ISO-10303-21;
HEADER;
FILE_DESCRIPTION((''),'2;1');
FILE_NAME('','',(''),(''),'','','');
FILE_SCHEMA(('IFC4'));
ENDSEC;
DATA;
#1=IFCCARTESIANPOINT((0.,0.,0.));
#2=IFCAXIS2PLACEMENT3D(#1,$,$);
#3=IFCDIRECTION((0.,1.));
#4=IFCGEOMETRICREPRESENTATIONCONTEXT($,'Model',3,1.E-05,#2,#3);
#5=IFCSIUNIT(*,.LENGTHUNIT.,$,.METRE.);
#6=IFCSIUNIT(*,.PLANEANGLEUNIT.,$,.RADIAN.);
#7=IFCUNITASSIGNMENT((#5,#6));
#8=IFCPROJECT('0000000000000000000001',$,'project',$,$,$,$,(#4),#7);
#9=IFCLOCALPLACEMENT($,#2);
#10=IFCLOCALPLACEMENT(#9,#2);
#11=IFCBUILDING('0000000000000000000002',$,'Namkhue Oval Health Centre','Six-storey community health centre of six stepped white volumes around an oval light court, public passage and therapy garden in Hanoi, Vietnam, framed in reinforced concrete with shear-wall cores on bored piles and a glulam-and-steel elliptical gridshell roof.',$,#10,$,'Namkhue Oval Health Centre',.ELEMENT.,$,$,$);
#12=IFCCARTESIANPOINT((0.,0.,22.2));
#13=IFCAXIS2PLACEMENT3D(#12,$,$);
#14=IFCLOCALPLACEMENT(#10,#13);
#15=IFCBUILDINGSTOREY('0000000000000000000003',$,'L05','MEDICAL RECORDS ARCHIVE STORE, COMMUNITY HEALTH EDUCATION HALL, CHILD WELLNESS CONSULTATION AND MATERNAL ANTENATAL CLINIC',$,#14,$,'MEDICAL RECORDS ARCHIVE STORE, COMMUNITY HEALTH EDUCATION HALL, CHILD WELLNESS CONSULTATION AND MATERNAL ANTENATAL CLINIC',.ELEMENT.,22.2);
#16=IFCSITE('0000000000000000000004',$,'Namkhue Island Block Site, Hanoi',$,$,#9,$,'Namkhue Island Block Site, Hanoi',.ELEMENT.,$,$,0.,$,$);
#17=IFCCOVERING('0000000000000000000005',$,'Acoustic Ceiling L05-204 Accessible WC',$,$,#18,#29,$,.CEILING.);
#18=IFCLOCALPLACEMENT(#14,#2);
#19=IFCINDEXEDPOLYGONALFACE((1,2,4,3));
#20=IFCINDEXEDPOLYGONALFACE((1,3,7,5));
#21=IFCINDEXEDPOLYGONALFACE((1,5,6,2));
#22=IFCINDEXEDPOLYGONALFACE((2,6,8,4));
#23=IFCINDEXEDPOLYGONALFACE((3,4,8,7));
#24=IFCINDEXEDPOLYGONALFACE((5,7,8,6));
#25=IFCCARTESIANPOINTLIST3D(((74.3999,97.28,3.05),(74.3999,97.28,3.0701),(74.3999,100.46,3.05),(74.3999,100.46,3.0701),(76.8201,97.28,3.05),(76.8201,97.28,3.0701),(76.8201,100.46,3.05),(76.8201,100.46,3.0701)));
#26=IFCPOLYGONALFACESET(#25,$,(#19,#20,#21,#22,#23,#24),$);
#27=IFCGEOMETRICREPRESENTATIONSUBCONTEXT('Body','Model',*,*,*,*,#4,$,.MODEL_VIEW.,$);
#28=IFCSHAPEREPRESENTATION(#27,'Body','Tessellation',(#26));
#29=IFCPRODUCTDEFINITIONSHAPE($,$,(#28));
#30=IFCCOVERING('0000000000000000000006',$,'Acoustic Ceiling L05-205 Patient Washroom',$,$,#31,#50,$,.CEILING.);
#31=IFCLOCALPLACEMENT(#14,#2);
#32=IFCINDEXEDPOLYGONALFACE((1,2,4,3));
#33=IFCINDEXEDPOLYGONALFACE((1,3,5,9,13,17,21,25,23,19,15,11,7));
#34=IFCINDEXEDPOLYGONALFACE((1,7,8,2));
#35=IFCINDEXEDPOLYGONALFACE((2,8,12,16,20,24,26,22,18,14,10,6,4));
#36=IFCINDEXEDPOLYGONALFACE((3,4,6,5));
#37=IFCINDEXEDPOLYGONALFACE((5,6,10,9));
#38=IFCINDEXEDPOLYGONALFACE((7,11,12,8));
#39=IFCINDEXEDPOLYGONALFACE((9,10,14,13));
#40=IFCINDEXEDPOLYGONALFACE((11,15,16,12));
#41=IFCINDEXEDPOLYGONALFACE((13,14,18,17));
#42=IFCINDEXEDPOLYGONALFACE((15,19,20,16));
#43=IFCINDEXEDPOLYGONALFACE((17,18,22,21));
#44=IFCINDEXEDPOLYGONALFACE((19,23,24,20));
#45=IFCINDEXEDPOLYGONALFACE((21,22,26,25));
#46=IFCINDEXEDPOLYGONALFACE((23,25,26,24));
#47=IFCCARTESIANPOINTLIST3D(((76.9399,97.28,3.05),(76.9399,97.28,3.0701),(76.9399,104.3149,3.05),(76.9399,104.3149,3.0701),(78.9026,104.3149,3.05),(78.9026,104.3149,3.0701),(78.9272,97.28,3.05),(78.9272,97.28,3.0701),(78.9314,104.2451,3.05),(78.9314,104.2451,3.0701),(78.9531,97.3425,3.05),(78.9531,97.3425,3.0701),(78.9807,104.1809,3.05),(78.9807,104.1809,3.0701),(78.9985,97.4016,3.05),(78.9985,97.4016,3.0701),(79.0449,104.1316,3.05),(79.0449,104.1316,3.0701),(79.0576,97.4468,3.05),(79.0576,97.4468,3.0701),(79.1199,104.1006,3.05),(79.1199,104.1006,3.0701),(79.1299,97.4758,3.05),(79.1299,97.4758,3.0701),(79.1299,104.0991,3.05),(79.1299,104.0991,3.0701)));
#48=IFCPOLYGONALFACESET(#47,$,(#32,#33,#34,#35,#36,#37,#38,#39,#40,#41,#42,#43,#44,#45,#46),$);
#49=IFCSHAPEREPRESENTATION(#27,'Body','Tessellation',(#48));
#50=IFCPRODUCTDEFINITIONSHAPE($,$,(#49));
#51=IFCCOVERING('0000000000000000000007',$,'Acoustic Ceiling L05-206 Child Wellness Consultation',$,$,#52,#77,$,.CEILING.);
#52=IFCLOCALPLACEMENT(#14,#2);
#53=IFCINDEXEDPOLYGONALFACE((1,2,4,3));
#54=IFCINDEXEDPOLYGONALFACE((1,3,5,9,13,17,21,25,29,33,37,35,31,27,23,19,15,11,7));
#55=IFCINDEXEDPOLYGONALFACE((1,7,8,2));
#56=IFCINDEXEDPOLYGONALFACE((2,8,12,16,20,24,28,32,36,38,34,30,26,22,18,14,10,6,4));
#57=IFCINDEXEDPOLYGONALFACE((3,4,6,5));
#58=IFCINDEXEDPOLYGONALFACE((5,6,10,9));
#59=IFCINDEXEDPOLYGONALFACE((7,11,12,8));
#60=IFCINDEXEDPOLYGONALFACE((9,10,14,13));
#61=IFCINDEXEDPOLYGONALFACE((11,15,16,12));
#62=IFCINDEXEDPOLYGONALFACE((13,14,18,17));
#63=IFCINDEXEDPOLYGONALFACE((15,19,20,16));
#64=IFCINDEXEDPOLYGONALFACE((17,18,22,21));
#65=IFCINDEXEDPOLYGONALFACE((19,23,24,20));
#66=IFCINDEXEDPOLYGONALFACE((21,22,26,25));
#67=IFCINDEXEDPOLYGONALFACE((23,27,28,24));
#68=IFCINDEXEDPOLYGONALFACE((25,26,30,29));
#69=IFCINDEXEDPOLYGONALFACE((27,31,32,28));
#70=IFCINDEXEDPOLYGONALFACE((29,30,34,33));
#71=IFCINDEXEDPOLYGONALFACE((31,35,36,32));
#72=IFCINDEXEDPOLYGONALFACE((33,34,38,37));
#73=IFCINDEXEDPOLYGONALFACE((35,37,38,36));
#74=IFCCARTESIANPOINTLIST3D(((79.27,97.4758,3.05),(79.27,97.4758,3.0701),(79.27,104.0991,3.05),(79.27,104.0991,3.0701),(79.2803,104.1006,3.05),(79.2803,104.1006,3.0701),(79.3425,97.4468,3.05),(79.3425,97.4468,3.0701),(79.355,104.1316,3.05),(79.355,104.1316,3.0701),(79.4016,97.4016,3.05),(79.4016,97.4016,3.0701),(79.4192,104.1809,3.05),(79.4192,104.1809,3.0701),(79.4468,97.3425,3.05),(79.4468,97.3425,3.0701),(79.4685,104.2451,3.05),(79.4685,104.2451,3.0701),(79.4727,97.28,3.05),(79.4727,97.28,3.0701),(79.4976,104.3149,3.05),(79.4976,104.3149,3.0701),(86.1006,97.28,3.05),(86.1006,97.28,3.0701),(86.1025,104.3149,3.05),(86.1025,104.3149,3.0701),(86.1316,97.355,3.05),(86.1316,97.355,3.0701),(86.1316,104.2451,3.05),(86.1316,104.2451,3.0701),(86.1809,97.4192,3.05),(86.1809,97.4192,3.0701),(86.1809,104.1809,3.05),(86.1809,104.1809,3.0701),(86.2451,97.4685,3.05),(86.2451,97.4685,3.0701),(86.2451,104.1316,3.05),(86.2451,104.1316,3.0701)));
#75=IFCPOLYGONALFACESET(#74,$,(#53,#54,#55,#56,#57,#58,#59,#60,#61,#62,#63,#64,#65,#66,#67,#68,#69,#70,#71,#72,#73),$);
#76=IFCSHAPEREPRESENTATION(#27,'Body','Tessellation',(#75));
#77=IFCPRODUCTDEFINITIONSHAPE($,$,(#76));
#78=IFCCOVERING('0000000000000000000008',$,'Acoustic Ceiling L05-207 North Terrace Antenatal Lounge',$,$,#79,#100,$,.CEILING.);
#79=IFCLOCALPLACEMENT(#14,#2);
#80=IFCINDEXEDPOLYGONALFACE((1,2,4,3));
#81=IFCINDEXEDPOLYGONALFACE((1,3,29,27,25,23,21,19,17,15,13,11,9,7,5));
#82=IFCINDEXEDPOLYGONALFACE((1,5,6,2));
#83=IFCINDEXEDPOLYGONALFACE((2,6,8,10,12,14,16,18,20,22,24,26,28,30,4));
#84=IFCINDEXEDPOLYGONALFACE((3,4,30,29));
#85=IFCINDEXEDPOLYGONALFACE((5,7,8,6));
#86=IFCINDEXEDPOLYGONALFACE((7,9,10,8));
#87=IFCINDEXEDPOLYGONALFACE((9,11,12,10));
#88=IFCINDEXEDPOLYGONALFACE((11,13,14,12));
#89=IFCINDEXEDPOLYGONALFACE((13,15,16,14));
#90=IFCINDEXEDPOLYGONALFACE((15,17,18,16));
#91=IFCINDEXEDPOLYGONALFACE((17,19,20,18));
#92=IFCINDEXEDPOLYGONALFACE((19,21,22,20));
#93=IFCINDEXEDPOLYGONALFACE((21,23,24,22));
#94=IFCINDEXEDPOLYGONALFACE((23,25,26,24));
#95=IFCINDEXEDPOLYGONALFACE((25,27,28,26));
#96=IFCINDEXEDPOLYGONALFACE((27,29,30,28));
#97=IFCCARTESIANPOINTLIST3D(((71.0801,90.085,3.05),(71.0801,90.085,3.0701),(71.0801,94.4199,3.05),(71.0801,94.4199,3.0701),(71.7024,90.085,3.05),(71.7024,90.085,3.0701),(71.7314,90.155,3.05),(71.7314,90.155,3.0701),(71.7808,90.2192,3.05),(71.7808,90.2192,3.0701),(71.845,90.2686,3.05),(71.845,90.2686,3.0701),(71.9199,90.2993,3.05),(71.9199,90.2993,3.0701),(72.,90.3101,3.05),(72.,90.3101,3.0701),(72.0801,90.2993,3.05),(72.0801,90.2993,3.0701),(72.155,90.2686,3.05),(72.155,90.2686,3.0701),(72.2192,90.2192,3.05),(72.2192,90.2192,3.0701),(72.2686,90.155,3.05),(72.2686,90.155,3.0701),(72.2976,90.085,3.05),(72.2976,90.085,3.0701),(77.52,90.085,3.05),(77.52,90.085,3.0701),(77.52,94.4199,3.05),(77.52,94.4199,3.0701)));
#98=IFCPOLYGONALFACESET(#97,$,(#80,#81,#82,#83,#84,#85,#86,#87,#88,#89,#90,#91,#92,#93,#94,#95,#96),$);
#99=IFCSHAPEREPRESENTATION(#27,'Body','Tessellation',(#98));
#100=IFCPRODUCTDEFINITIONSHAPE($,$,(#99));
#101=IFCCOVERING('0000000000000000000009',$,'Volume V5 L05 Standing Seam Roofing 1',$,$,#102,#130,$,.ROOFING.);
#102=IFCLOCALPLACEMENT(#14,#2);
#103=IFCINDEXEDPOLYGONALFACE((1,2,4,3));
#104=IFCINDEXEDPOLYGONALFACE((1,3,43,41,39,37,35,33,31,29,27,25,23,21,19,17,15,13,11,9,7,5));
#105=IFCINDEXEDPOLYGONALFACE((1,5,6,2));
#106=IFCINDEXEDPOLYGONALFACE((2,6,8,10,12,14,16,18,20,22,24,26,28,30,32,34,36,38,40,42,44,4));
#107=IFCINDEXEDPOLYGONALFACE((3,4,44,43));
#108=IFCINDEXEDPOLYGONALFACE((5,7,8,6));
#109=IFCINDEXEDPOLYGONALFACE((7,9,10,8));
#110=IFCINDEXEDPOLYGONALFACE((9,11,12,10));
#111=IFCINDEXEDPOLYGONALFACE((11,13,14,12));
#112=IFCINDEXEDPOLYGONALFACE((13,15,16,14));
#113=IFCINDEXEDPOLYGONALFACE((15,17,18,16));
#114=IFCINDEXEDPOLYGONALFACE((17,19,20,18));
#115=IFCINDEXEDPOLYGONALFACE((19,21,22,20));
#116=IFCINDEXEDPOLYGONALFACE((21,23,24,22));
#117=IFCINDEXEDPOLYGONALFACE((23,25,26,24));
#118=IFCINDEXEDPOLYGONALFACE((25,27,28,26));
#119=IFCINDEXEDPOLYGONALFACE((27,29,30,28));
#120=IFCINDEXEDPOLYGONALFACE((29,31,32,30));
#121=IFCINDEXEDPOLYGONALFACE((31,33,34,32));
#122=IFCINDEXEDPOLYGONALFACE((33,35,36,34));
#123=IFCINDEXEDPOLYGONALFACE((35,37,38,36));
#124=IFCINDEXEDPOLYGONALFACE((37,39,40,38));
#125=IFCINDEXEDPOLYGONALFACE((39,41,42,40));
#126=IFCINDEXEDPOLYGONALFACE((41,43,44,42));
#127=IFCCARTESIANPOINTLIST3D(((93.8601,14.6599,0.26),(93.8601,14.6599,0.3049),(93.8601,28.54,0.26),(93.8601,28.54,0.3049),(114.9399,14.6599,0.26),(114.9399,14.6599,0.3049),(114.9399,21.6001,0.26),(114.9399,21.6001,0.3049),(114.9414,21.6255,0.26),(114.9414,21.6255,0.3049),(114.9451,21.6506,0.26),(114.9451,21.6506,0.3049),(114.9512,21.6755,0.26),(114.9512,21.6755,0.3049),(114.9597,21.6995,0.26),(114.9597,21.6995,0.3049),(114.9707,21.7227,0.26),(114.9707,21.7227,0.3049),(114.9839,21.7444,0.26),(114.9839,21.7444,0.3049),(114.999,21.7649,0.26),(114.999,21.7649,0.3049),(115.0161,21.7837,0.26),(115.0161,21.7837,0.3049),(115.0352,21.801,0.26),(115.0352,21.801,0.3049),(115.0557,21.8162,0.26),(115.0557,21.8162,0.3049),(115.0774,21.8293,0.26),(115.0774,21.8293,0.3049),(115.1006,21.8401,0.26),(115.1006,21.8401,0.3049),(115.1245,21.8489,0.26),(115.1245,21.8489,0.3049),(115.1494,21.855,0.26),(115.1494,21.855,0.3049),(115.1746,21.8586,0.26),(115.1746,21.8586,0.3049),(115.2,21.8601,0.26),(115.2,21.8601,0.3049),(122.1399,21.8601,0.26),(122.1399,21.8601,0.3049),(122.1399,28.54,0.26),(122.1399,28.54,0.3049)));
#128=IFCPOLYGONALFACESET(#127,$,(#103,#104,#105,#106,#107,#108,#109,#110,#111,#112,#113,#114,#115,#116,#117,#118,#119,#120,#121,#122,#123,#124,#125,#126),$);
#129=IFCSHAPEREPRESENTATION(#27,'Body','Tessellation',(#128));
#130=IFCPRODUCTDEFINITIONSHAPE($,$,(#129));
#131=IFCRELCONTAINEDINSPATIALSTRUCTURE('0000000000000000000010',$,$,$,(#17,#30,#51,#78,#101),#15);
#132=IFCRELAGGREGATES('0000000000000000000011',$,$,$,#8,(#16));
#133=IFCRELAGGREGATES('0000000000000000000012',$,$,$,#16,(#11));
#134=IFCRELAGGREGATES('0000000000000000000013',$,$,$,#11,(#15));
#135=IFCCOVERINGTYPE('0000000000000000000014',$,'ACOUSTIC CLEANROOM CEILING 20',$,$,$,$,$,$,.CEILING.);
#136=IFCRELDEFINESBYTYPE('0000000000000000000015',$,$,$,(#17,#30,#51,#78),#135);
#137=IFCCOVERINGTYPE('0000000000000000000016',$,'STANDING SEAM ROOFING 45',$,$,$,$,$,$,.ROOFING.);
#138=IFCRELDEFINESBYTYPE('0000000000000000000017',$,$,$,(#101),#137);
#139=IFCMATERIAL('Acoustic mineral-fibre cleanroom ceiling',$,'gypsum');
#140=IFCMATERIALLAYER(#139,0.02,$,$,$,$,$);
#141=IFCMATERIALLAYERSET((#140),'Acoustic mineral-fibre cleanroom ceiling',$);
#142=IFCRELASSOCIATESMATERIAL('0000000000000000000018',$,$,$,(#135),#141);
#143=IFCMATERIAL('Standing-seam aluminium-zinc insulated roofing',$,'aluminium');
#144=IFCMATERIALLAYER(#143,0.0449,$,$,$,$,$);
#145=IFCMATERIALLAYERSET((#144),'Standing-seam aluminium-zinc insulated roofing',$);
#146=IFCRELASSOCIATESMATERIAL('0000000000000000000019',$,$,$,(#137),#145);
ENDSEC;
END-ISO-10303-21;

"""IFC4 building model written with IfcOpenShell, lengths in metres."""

from ifc_helpers import new_model, si_unit, direction, frame, origin, place, context, subcontext, project, spatial, polyline, outline, extrude, material, layer, layer_set, type_object, element, save


model = new_model("IFC4")

# Units and contexts
model_context = context("Model", 3, precision=1e-05, world=origin(), true_north=direction((0.0, 1.0)))
body_context = subcontext(model_context, "Body", "Model", "MODEL_VIEW")
ifc_project = project(units=[si_unit("LENGTHUNIT", "METRE"), si_unit("PLANEANGLEUNIT", "RADIAN")], contexts=[model_context])

# Site, building, storey
site_placement = place(None, origin())
site = spatial("IfcSite", under=ifc_project, at=site_placement, Name="Namkhue Island Block Site, Hanoi", LongName="Namkhue Island Block Site, Hanoi", CompositionType="ELEMENT", RefElevation=0.0)
building_placement = place(site_placement, origin())
building = spatial("IfcBuilding", under=site, at=building_placement, Name="Namkhue Oval Health Centre", Description="Six-storey community health centre of six stepped white volumes around an oval light court, public passage and therapy garden in Hanoi, Vietnam, framed in reinforced concrete with shear-wall cores on bored piles and a glulam-and-steel elliptical gridshell roof.", LongName="Namkhue Oval Health Centre", CompositionType="ELEMENT")
storey_placement = place(building_placement, frame((0.0, 0.0, 22.2)))
storey = spatial("IfcBuildingStorey", under=building, at=storey_placement, Name="L05", Description="MEDICAL RECORDS ARCHIVE STORE, COMMUNITY HEALTH EDUCATION HALL, CHILD WELLNESS CONSULTATION AND MATERNAL ANTENATAL CLINIC", LongName="MEDICAL RECORDS ARCHIVE STORE, COMMUNITY HEALTH EDUCATION HALL, CHILD WELLNESS CONSULTATION AND MATERNAL ANTENATAL CLINIC", CompositionType="ELEMENT", Elevation=22.2)

# Shared definitions
ifc_material_1 = material(Name="Standing-seam aluminium-zinc insulated roofing", Category="aluminium")

# Coverings
ifc_material_2 = material(Name="Acoustic mineral-fibre cleanroom ceiling", Category="gypsum")
ifc_layer_1 = layer(ifc_material_2, 0.02)
ifc_layer_set_1 = layer_set([ifc_layer_1], Name="Acoustic mineral-fibre cleanroom ceiling")
covering_type_1 = type_object("IfcCoveringType", Name="ACOUSTIC CLEANROOM CEILING 20", PredefinedType="CEILING", material=ifc_layer_set_1)
covering_1_placement = place(storey_placement, frame((0.0, 0.0, 3.05)))
element("IfcCovering", 1, at=covering_1_placement, inside=storey, type_object=covering_type_1, Name="Acoustic Ceiling L05-204 Accessible WC", PredefinedType="CEILING", context=body_context, shape_type="SweptSolid", body=[
    extrude(outline(polyline([(76.8201, 100.46), (76.8201, 97.28), (74.3999, 97.28), (74.3999, 100.46), (76.8201, 100.46)])), origin(), (0.0, 0.0, 1.0), 0.02),
])
covering_2_placement = place(storey_placement, frame((0.0, 0.0, 3.05)))
element("IfcCovering", 2, at=covering_2_placement, inside=storey, type_object=covering_type_1, Name="Acoustic Ceiling L05-205 Patient Washroom", PredefinedType="CEILING", context=body_context, shape_type="SweptSolid", body=[
    extrude(outline(polyline([(76.9399, 97.28), (76.9399, 104.3149), (78.9026, 104.3149), (78.9314, 104.2451), (78.9807, 104.1809), (79.0449, 104.1316), (79.1199, 104.1006), (79.1299, 104.0991), (79.1299, 97.4758), (79.0576, 97.4468), (78.9985, 97.4016), (78.9531, 97.3425), (78.9272, 97.28), (76.9399, 97.28)])), origin(), (0.0, 0.0, 1.0), 0.02),
])
covering_3_placement = place(storey_placement, frame((0.0, 0.0, 3.05)))
element("IfcCovering", 3, at=covering_3_placement, inside=storey, type_object=covering_type_1, Name="Acoustic Ceiling L05-206 Child Wellness Consultation", PredefinedType="CEILING", context=body_context, shape_type="SweptSolid", body=[
    extrude(outline(polyline([(79.4727, 97.28), (79.4468, 97.3425), (79.4016, 97.4016), (79.3425, 97.4468), (79.27, 97.4758), (79.27, 104.0991), (79.2803, 104.1006), (79.355, 104.1316), (79.4192, 104.1809), (79.4685, 104.2451), (79.4976, 104.3149), (86.1025, 104.3149), (86.1316, 104.2451), (86.1809, 104.1809), (86.2451, 104.1316), (86.2451, 97.4685), (86.1809, 97.4192), (86.1316, 97.355), (86.1006, 97.28), (79.4727, 97.28)])), origin(), (0.0, 0.0, 1.0), 0.02),
])
covering_4_placement = place(storey_placement, frame((0.0, 0.0, 3.05)))
element("IfcCovering", 4, at=covering_4_placement, inside=storey, type_object=covering_type_1, Name="Acoustic Ceiling L05-207 North Terrace Antenatal Lounge", PredefinedType="CEILING", context=body_context, shape_type="SweptSolid", body=[
    extrude(outline(polyline([(72.2976, 90.085), (72.2686, 90.155), (72.2192, 90.2192), (72.155, 90.2686), (72.0801, 90.2993), (72.0, 90.3101), (71.9199, 90.2993), (71.845, 90.2686), (71.7808, 90.2192), (71.7314, 90.155), (71.7024, 90.085), (71.0801, 90.085), (71.0801, 94.4199), (77.52, 94.4199), (77.52, 90.085), (72.2976, 90.085)])), origin(), (0.0, 0.0, 1.0), 0.02),
])
ifc_layer_2 = layer(ifc_material_1, 0.0449)
ifc_layer_set_2 = layer_set([ifc_layer_2], Name="Standing-seam aluminium-zinc insulated roofing")
covering_type_2 = type_object("IfcCoveringType", Name="STANDING SEAM ROOFING 45", PredefinedType="ROOFING", material=ifc_layer_set_2)
covering_5_placement = place(storey_placement, frame((0.0, 0.0, 0.26)))
element("IfcCovering", 5, at=covering_5_placement, inside=storey, type_object=covering_type_2, Name="Volume V5 L05 Standing Seam Roofing 1", PredefinedType="ROOFING", context=body_context, shape_type="SweptSolid", body=[
    extrude(outline(polyline([(93.8601, 14.6599), (93.8601, 28.54), (122.1399, 28.54), (122.1399, 21.8601), (115.2, 21.8601), (115.1746, 21.8586), (115.1494, 21.855), (115.1245, 21.8489), (115.1006, 21.8401), (115.0774, 21.8293), (115.0557, 21.8162), (115.0352, 21.801), (115.0161, 21.7837), (114.999, 21.7649), (114.9839, 21.7444), (114.9707, 21.7227), (114.9597, 21.6995), (114.9512, 21.6755), (114.9451, 21.6506), (114.9414, 21.6255), (114.9399, 21.6001), (114.9399, 14.6599), (93.8601, 14.6599)])), origin(), (0.0, 0.0, 1.0), 0.0449),
])

save(model, "model.ifc")
